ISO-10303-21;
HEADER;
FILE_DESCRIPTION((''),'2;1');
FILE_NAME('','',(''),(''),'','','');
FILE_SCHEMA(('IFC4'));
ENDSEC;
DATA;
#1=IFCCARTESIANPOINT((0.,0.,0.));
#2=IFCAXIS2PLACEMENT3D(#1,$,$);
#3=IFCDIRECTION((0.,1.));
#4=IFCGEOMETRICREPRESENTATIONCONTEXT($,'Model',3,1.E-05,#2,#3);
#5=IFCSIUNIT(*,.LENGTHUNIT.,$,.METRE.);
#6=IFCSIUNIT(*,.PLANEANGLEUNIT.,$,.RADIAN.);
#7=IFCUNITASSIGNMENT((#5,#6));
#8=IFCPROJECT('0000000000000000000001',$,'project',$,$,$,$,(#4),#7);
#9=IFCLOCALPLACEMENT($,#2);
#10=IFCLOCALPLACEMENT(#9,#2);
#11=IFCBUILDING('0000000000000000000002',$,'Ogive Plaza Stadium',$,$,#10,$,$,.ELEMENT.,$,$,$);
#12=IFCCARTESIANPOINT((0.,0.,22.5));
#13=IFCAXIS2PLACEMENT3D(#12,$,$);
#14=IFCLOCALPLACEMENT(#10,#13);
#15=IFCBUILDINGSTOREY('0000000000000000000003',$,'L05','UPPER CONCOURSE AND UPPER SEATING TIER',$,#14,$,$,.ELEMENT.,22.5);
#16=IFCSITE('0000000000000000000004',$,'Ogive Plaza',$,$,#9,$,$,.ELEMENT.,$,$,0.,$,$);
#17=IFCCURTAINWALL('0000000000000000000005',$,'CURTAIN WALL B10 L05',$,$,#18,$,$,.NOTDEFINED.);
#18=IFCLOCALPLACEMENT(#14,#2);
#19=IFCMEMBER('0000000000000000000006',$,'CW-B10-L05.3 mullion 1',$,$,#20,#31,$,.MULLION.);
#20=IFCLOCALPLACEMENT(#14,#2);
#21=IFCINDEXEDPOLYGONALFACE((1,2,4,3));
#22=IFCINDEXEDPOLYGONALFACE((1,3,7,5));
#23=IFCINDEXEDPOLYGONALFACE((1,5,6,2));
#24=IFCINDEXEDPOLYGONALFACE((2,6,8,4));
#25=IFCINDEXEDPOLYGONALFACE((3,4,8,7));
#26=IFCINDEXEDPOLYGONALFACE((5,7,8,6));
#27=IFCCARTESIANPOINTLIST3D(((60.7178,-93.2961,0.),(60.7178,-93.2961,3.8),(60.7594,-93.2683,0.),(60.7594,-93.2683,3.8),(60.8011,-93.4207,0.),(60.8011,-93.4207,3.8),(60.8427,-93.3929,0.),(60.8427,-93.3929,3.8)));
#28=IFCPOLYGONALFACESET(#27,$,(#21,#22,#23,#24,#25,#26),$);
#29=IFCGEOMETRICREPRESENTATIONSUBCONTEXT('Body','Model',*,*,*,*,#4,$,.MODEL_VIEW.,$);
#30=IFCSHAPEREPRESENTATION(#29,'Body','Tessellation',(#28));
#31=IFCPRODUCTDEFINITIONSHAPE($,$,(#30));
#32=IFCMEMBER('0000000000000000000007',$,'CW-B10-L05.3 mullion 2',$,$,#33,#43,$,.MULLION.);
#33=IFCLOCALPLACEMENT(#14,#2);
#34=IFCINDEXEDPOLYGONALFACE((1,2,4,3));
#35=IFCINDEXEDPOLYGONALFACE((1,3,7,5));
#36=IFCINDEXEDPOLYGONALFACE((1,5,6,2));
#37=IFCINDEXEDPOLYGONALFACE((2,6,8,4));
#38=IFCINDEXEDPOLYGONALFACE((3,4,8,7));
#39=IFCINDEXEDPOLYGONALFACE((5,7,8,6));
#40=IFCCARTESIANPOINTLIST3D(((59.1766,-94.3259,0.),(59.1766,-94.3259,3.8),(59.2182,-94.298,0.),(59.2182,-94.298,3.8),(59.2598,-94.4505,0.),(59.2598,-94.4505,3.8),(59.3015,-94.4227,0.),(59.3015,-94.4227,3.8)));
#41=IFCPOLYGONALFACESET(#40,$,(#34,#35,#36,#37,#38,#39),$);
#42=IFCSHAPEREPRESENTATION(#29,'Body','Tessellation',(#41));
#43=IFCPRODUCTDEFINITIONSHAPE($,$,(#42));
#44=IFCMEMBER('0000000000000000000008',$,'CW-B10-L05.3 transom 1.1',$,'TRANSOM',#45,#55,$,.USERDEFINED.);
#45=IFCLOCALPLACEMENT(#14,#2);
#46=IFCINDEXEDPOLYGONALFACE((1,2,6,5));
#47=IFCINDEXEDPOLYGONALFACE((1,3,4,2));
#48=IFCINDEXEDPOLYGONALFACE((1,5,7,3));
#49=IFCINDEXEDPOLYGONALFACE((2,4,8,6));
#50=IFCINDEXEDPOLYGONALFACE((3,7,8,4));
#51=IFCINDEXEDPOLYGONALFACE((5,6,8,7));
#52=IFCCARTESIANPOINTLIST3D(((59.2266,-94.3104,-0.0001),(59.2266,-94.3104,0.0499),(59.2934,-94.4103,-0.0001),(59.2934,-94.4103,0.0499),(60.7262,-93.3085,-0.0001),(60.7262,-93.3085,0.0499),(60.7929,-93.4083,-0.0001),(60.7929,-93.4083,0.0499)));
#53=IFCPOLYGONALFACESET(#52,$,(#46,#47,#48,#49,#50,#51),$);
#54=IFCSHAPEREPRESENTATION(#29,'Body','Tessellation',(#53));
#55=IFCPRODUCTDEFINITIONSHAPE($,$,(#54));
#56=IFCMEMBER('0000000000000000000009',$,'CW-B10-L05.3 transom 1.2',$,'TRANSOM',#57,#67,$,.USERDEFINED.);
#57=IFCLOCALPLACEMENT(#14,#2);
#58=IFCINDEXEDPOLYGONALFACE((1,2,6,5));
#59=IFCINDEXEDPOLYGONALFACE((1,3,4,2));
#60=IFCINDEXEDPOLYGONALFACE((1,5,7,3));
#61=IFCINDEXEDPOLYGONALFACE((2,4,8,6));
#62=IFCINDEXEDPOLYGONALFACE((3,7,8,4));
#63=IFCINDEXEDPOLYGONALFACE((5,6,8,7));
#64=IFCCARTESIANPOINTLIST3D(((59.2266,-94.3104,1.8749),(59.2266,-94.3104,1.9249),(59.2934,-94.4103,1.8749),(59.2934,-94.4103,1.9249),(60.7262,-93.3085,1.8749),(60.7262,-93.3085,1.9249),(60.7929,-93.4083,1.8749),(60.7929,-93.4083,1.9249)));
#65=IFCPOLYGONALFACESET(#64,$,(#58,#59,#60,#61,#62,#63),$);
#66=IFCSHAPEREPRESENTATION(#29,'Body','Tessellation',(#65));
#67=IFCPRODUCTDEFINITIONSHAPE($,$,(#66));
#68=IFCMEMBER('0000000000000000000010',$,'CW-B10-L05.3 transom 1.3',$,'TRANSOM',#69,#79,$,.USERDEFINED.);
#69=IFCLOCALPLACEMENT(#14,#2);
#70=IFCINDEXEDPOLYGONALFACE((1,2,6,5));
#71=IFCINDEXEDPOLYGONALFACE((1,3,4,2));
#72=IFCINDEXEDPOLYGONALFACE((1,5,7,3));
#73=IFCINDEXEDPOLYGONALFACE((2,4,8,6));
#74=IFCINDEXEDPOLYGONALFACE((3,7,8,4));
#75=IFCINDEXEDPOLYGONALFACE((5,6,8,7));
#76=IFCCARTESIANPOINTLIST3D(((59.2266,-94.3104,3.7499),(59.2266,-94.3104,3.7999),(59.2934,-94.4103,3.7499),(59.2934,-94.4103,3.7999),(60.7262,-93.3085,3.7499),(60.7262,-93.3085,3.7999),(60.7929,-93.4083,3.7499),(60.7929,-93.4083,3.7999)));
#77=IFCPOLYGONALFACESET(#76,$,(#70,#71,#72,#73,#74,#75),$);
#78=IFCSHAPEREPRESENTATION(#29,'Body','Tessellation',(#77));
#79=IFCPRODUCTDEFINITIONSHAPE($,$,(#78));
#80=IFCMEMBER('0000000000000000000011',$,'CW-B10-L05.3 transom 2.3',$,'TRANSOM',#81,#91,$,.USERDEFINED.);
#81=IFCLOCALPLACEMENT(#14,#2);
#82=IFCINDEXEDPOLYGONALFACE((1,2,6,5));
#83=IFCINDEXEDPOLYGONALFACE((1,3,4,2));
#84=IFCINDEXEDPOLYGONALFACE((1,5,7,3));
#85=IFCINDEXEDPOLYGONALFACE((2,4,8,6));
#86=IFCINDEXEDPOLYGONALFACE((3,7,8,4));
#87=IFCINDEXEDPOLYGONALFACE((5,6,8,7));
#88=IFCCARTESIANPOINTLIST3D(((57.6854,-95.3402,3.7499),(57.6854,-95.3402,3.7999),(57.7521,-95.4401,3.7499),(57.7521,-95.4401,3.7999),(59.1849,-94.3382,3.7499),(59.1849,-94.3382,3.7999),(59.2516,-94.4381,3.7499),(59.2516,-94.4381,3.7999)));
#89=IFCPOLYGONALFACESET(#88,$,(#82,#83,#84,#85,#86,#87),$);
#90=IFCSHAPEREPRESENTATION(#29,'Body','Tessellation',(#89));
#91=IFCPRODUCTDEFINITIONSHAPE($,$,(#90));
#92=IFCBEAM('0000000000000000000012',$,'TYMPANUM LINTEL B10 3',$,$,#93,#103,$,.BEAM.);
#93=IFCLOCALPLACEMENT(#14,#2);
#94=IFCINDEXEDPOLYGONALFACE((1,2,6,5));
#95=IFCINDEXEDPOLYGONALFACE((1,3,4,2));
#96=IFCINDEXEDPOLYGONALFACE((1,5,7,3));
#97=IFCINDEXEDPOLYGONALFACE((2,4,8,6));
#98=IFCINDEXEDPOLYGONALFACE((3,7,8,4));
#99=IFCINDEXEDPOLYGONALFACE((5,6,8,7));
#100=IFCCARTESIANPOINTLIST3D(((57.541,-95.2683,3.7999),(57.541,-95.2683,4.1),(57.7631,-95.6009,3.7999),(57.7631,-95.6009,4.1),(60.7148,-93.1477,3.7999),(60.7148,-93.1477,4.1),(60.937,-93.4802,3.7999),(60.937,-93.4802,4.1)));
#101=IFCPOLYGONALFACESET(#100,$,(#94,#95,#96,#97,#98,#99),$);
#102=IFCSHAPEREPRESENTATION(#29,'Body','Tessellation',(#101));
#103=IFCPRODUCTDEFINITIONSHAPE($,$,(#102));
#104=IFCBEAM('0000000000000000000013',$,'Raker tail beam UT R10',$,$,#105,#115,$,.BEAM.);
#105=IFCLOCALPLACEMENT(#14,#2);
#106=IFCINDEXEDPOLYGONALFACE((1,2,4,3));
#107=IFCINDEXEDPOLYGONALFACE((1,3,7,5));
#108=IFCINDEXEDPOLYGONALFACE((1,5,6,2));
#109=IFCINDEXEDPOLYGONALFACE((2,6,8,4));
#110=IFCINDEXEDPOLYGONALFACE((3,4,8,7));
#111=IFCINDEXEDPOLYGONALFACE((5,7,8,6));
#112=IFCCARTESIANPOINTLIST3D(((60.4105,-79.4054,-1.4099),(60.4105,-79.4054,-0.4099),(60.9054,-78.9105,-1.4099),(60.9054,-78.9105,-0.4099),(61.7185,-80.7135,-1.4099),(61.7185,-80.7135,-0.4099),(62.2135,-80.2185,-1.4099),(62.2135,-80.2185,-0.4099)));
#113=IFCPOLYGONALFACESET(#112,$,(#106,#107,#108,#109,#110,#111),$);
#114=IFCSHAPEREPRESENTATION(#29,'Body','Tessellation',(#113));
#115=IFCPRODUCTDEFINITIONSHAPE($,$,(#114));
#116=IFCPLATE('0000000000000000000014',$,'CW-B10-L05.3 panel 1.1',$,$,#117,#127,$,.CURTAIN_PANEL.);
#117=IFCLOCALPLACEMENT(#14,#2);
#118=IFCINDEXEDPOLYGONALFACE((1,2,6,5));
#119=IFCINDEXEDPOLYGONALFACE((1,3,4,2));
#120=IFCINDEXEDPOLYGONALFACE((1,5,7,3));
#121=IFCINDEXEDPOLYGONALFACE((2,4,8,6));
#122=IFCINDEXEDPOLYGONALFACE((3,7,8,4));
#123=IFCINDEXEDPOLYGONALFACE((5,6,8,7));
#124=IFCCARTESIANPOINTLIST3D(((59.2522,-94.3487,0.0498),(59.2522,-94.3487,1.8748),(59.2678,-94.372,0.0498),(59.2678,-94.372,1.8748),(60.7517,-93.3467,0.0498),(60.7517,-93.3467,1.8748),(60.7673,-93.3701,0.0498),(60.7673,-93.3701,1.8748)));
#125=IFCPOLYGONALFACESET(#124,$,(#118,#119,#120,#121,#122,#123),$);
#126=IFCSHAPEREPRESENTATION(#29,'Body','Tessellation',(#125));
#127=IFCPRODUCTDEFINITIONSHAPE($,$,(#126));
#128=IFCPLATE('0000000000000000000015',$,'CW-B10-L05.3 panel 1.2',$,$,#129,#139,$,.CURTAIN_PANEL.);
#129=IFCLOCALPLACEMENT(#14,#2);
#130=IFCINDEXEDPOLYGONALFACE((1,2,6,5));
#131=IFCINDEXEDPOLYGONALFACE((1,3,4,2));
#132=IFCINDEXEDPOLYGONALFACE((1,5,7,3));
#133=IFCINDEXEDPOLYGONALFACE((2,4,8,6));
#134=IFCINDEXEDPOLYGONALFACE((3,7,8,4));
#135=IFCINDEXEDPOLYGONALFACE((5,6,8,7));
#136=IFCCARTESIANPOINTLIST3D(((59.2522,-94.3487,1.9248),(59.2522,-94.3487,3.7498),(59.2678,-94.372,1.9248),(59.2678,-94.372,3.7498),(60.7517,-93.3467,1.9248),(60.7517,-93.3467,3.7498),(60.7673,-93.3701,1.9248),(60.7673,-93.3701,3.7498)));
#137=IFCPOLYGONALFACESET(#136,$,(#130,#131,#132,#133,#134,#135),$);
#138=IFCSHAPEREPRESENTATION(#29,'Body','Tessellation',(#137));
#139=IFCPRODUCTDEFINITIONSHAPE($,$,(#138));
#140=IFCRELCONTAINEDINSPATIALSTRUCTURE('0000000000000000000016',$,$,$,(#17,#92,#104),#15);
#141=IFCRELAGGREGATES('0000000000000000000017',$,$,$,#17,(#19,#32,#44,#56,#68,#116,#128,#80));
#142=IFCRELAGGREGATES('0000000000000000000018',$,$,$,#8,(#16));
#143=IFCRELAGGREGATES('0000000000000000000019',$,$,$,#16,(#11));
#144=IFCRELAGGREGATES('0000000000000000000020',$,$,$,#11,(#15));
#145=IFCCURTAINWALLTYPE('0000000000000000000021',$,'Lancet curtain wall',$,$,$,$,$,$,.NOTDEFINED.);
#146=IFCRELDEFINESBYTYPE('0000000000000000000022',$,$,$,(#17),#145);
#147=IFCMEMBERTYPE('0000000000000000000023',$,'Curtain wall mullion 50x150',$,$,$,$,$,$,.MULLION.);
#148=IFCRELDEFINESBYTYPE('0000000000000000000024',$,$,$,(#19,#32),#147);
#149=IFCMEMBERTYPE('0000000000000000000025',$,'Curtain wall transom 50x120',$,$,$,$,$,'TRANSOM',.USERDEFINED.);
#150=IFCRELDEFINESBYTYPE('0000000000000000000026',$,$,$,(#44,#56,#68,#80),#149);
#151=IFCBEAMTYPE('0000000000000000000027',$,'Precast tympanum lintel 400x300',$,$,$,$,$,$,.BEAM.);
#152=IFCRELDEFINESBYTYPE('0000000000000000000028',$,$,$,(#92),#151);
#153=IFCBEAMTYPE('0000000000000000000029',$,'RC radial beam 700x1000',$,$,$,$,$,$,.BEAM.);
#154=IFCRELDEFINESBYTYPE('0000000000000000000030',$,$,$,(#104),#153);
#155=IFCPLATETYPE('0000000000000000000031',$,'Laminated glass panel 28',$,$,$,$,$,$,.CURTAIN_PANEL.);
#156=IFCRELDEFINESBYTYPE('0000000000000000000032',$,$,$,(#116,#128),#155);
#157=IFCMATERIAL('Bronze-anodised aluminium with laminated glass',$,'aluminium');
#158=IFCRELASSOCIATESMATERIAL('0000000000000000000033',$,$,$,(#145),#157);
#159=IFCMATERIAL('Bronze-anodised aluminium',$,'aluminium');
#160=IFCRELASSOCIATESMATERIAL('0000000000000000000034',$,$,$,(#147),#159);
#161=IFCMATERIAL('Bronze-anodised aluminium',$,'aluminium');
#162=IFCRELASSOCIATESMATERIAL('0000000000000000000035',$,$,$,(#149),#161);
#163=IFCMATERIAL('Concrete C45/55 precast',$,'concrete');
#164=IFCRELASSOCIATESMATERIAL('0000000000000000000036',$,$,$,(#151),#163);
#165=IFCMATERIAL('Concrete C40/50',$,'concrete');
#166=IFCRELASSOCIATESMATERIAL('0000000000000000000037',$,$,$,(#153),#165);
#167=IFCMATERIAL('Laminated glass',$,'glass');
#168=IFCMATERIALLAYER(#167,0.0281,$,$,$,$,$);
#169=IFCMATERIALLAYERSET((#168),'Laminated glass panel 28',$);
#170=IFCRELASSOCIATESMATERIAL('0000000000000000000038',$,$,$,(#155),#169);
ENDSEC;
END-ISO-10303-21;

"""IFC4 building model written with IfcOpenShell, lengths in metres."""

from ifc_helpers import new_model, si_unit, direction, frame, origin, origin_2d, place, context, subcontext, project, spatial, rectangle, extrude, material, layer, layer_set, material_profile, profile_set, type_object, element, aggregate, save


model = new_model("IFC4")

# Units and contexts
model_context = context("Model", 3, precision=1e-05, world=origin(), true_north=direction((0.0, 1.0)))
body_context = subcontext(model_context, "Body", "Model", "MODEL_VIEW")
ifc_project = project(units=[si_unit("LENGTHUNIT", "METRE"), si_unit("PLANEANGLEUNIT", "RADIAN")], contexts=[model_context])

# Site, building, storey
site_placement = place(None, origin())
site = spatial("IfcSite", under=ifc_project, at=site_placement, Name="Ogive Plaza", CompositionType="ELEMENT", RefElevation=0.0)
building_placement = place(site_placement, origin())
building = spatial("IfcBuilding", under=site, at=building_placement, Name="Ogive Plaza Stadium", CompositionType="ELEMENT")
storey_placement = place(building_placement, frame((0.0, 0.0, 22.5)))
storey = spatial("IfcBuildingStorey", under=building, at=storey_placement, Name="L05", Description="UPPER CONCOURSE AND UPPER SEATING TIER", CompositionType="ELEMENT", Elevation=22.5)

# Curtain wall, members
ifc_material_1 = material(Name="Bronze-anodised aluminium with laminated glass", Category="aluminium")
curtain_wall_type = type_object("IfcCurtainWallType", Name="Lancet curtain wall", PredefinedType="NOTDEFINED", material=ifc_material_1)
curtain_wall_placement = place(storey_placement, origin())
curtain_wall = element("IfcCurtainWall", 1, at=curtain_wall_placement, inside=storey, type_object=curtain_wall_type, Name="CURTAIN WALL B10 L05", PredefinedType="NOTDEFINED")
ifc_material_2 = material(Name="Bronze-anodised aluminium", Category="aluminium")
ifc_material_profile_1 = material_profile(ifc_material_2, rectangle(XDim=0.1499, YDim=0.05, at=origin_2d()), Name="AL 150x50")
ifc_profile_set_1 = profile_set([ifc_material_profile_1], Name="Bronze-anodised aluminium")
member_type_1 = type_object("IfcMemberType", Name="Curtain wall mullion 50x150", PredefinedType="MULLION", material=ifc_profile_set_1)
member_1_placement = place(storey_placement, frame((60.7803, -93.3445, 0.0), z_axis=(0.0, 0.0, 1.0), x_axis=(0.55557, -0.83147, 0.0)))
member_1 = element("IfcMember", 2, at=member_1_placement, type_object=member_type_1, Name="CW-B10-L05.3 mullion 1", PredefinedType="MULLION", context=body_context, shape_type="SweptSolid", body=[
    extrude(rectangle(XDim=0.1499, YDim=0.05, at=origin_2d()), origin(), (0.0, 0.0, 1.0), 3.8),
])
member_2_placement = place(storey_placement, frame((59.239, -94.3743, 0.0), z_axis=(0.0, 0.0, 1.0), x_axis=(0.55557, -0.83147, 0.0)))
member_2 = element("IfcMember", 3, at=member_2_placement, type_object=member_type_1, Name="CW-B10-L05.3 mullion 2", PredefinedType="MULLION", context=body_context, shape_type="SweptSolid", body=[
    extrude(rectangle(XDim=0.1499, YDim=0.05, at=origin_2d()), origin(), (0.0, 0.0, 1.0), 3.8),
])
ifc_material_3 = material(Name="Bronze-anodised aluminium", Category="aluminium")
ifc_material_profile_2 = material_profile(ifc_material_3, rectangle(XDim=0.1201, YDim=0.05, at=origin_2d()), Name="AL 120x50")
ifc_profile_set_2 = profile_set([ifc_material_profile_2], Name="Bronze-anodised aluminium")
member_type_2 = type_object("IfcMemberType", Name="Curtain wall transom 50x120", ElementType="TRANSOM", PredefinedType="USERDEFINED", material=ifc_profile_set_2)
member_3_placement = place(storey_placement, frame((60.7595, -93.3584, 0.0249), z_axis=(-0.831467, -0.555575, 0.0), x_axis=(0.555575, -0.831467, 0.0)))
member_3 = element("IfcMember", 4, at=member_3_placement, type_object=member_type_2, Name="CW-B10-L05.3 transom 1.1", ObjectType="TRANSOM", PredefinedType="USERDEFINED", context=body_context, shape_type="SweptSolid", body=[
    extrude(rectangle(XDim=0.1201, YDim=0.05, at=origin_2d()), origin(), (0.0, 0.0, 1.0), 1.8035),
])
member_4_placement = place(storey_placement, frame((60.7595, -93.3584, 1.8999), z_axis=(-0.831467, -0.555575, 0.0), x_axis=(0.555575, -0.831467, 0.0)))
member_4 = element("IfcMember", 5, at=member_4_placement, type_object=member_type_2, Name="CW-B10-L05.3 transom 1.2", ObjectType="TRANSOM", PredefinedType="USERDEFINED", context=body_context, shape_type="SweptSolid", body=[
    extrude(rectangle(XDim=0.1201, YDim=0.05, at=origin_2d()), origin(), (0.0, 0.0, 1.0), 1.8035),
])
member_5_placement = place(storey_placement, frame((60.7595, -93.3584, 3.7749), z_axis=(-0.831467, -0.555575, 0.0), x_axis=(0.555575, -0.831467, 0.0)))
member_5 = element("IfcMember", 6, at=member_5_placement, type_object=member_type_2, Name="CW-B10-L05.3 transom 1.3", ObjectType="TRANSOM", PredefinedType="USERDEFINED", context=body_context, shape_type="SweptSolid", body=[
    extrude(rectangle(XDim=0.1201, YDim=0.05, at=origin_2d()), origin(), (0.0, 0.0, 1.0), 1.8035),
])
member_6_placement = place(storey_placement, frame((59.2183, -94.3882, 3.7749), z_axis=(-0.831467, -0.555575, 0.0), x_axis=(0.555575, -0.831467, 0.0)))
member_6 = element("IfcMember", 7, at=member_6_placement, type_object=member_type_2, Name="CW-B10-L05.3 transom 2.3", ObjectType="TRANSOM", PredefinedType="USERDEFINED", context=body_context, shape_type="SweptSolid", body=[
    extrude(rectangle(XDim=0.1201, YDim=0.05, at=origin_2d()), origin(), (0.0, 0.0, 1.0), 1.8035),
])

# Beams
ifc_material_4 = material(Name="Concrete C45/55 precast", Category="concrete")
ifc_material_profile_3 = material_profile(ifc_material_4, rectangle(XDim=0.3999, YDim=0.3, at=origin_2d()), Name="RC 400x300")
ifc_profile_set_3 = profile_set([ifc_material_profile_3], Name="Concrete C45/55 precast")
beam_type_1 = type_object("IfcBeamType", Name="Precast tympanum lintel 400x300", PredefinedType="BEAM", material=ifc_profile_set_3)
beam_1_placement = place(storey_placement, frame((60.8259, -93.314, 3.95), z_axis=(-0.831479, -0.555556, 0.0), x_axis=(0.555556, -0.831479, 0.0)))
element("IfcBeam", 8, at=beam_1_placement, inside=storey, type_object=beam_type_1, Name="TYMPANUM LINTEL B10 3", PredefinedType="BEAM", context=body_context, shape_type="SweptSolid", body=[
    extrude(rectangle(XDim=0.3999, YDim=0.3, at=origin_2d()), origin(), (0.0, 0.0, 1.0), 3.8171),
])
ifc_material_5 = material(Name="Concrete C40/50", Category="concrete")
ifc_material_profile_4 = material_profile(ifc_material_5, rectangle(XDim=0.7, YDim=1.0, at=origin_2d()), Name="RC 700x1000")
ifc_profile_set_4 = profile_set([ifc_material_profile_4], Name="Concrete C40/50")
beam_type_2 = type_object("IfcBeamType", Name="RC radial beam 700x1000", PredefinedType="BEAM", material=ifc_profile_set_4)
beam_2_placement = place(storey_placement, frame((60.658, -79.158, -0.9099), z_axis=(0.707107, -0.707107, 0.0), x_axis=(0.707107, 0.707107, 0.0)))
element("IfcBeam", 9, at=beam_2_placement, inside=storey, type_object=beam_type_2, Name="Raker tail beam UT R10", PredefinedType="BEAM", context=body_context, shape_type="SweptSolid", body=[
    extrude(rectangle(XDim=0.7, YDim=1.0, at=origin_2d()), origin(), (0.0, 0.0, 1.0), 1.8499),
])

# Plates
ifc_material_6 = material(Name="Laminated glass", Category="glass")
ifc_layer_1 = layer(ifc_material_6, 0.0281)
ifc_layer_set_1 = layer_set([ifc_layer_1], Name="Laminated glass panel 28")
plate_type = type_object("IfcPlateType", Name="Laminated glass panel 28", PredefinedType="CURTAIN_PANEL", material=ifc_layer_set_1)
plate_1_placement = place(storey_placement, frame((60.0098, -93.8594, 0.0498), z_axis=(0.0, 0.0, 1.0), x_axis=(-0.83147, -0.55557, 0.0)))
plate_1 = element("IfcPlate", 10, at=plate_1_placement, type_object=plate_type, Name="CW-B10-L05.3 panel 1.1", PredefinedType="CURTAIN_PANEL", context=body_context, shape_type="SweptSolid", body=[
    extrude(rectangle(XDim=1.8035, YDim=0.0281, at=origin_2d()), origin(), (0.0, 0.0, 1.0), 1.825),
])
plate_2_placement = place(storey_placement, frame((60.0098, -93.8594, 1.9248), z_axis=(0.0, 0.0, 1.0), x_axis=(-0.83147, -0.55557, 0.0)))
plate_2 = element("IfcPlate", 11, at=plate_2_placement, type_object=plate_type, Name="CW-B10-L05.3 panel 1.2", PredefinedType="CURTAIN_PANEL", context=body_context, shape_type="SweptSolid", body=[
    extrude(rectangle(XDim=1.8035, YDim=0.0281, at=origin_2d()), origin(), (0.0, 0.0, 1.0), 1.825),
])
aggregate(curtain_wall, [member_1, member_2, member_3, member_4, member_5, plate_1, plate_2, member_6])

save(model, "model.ifc")
